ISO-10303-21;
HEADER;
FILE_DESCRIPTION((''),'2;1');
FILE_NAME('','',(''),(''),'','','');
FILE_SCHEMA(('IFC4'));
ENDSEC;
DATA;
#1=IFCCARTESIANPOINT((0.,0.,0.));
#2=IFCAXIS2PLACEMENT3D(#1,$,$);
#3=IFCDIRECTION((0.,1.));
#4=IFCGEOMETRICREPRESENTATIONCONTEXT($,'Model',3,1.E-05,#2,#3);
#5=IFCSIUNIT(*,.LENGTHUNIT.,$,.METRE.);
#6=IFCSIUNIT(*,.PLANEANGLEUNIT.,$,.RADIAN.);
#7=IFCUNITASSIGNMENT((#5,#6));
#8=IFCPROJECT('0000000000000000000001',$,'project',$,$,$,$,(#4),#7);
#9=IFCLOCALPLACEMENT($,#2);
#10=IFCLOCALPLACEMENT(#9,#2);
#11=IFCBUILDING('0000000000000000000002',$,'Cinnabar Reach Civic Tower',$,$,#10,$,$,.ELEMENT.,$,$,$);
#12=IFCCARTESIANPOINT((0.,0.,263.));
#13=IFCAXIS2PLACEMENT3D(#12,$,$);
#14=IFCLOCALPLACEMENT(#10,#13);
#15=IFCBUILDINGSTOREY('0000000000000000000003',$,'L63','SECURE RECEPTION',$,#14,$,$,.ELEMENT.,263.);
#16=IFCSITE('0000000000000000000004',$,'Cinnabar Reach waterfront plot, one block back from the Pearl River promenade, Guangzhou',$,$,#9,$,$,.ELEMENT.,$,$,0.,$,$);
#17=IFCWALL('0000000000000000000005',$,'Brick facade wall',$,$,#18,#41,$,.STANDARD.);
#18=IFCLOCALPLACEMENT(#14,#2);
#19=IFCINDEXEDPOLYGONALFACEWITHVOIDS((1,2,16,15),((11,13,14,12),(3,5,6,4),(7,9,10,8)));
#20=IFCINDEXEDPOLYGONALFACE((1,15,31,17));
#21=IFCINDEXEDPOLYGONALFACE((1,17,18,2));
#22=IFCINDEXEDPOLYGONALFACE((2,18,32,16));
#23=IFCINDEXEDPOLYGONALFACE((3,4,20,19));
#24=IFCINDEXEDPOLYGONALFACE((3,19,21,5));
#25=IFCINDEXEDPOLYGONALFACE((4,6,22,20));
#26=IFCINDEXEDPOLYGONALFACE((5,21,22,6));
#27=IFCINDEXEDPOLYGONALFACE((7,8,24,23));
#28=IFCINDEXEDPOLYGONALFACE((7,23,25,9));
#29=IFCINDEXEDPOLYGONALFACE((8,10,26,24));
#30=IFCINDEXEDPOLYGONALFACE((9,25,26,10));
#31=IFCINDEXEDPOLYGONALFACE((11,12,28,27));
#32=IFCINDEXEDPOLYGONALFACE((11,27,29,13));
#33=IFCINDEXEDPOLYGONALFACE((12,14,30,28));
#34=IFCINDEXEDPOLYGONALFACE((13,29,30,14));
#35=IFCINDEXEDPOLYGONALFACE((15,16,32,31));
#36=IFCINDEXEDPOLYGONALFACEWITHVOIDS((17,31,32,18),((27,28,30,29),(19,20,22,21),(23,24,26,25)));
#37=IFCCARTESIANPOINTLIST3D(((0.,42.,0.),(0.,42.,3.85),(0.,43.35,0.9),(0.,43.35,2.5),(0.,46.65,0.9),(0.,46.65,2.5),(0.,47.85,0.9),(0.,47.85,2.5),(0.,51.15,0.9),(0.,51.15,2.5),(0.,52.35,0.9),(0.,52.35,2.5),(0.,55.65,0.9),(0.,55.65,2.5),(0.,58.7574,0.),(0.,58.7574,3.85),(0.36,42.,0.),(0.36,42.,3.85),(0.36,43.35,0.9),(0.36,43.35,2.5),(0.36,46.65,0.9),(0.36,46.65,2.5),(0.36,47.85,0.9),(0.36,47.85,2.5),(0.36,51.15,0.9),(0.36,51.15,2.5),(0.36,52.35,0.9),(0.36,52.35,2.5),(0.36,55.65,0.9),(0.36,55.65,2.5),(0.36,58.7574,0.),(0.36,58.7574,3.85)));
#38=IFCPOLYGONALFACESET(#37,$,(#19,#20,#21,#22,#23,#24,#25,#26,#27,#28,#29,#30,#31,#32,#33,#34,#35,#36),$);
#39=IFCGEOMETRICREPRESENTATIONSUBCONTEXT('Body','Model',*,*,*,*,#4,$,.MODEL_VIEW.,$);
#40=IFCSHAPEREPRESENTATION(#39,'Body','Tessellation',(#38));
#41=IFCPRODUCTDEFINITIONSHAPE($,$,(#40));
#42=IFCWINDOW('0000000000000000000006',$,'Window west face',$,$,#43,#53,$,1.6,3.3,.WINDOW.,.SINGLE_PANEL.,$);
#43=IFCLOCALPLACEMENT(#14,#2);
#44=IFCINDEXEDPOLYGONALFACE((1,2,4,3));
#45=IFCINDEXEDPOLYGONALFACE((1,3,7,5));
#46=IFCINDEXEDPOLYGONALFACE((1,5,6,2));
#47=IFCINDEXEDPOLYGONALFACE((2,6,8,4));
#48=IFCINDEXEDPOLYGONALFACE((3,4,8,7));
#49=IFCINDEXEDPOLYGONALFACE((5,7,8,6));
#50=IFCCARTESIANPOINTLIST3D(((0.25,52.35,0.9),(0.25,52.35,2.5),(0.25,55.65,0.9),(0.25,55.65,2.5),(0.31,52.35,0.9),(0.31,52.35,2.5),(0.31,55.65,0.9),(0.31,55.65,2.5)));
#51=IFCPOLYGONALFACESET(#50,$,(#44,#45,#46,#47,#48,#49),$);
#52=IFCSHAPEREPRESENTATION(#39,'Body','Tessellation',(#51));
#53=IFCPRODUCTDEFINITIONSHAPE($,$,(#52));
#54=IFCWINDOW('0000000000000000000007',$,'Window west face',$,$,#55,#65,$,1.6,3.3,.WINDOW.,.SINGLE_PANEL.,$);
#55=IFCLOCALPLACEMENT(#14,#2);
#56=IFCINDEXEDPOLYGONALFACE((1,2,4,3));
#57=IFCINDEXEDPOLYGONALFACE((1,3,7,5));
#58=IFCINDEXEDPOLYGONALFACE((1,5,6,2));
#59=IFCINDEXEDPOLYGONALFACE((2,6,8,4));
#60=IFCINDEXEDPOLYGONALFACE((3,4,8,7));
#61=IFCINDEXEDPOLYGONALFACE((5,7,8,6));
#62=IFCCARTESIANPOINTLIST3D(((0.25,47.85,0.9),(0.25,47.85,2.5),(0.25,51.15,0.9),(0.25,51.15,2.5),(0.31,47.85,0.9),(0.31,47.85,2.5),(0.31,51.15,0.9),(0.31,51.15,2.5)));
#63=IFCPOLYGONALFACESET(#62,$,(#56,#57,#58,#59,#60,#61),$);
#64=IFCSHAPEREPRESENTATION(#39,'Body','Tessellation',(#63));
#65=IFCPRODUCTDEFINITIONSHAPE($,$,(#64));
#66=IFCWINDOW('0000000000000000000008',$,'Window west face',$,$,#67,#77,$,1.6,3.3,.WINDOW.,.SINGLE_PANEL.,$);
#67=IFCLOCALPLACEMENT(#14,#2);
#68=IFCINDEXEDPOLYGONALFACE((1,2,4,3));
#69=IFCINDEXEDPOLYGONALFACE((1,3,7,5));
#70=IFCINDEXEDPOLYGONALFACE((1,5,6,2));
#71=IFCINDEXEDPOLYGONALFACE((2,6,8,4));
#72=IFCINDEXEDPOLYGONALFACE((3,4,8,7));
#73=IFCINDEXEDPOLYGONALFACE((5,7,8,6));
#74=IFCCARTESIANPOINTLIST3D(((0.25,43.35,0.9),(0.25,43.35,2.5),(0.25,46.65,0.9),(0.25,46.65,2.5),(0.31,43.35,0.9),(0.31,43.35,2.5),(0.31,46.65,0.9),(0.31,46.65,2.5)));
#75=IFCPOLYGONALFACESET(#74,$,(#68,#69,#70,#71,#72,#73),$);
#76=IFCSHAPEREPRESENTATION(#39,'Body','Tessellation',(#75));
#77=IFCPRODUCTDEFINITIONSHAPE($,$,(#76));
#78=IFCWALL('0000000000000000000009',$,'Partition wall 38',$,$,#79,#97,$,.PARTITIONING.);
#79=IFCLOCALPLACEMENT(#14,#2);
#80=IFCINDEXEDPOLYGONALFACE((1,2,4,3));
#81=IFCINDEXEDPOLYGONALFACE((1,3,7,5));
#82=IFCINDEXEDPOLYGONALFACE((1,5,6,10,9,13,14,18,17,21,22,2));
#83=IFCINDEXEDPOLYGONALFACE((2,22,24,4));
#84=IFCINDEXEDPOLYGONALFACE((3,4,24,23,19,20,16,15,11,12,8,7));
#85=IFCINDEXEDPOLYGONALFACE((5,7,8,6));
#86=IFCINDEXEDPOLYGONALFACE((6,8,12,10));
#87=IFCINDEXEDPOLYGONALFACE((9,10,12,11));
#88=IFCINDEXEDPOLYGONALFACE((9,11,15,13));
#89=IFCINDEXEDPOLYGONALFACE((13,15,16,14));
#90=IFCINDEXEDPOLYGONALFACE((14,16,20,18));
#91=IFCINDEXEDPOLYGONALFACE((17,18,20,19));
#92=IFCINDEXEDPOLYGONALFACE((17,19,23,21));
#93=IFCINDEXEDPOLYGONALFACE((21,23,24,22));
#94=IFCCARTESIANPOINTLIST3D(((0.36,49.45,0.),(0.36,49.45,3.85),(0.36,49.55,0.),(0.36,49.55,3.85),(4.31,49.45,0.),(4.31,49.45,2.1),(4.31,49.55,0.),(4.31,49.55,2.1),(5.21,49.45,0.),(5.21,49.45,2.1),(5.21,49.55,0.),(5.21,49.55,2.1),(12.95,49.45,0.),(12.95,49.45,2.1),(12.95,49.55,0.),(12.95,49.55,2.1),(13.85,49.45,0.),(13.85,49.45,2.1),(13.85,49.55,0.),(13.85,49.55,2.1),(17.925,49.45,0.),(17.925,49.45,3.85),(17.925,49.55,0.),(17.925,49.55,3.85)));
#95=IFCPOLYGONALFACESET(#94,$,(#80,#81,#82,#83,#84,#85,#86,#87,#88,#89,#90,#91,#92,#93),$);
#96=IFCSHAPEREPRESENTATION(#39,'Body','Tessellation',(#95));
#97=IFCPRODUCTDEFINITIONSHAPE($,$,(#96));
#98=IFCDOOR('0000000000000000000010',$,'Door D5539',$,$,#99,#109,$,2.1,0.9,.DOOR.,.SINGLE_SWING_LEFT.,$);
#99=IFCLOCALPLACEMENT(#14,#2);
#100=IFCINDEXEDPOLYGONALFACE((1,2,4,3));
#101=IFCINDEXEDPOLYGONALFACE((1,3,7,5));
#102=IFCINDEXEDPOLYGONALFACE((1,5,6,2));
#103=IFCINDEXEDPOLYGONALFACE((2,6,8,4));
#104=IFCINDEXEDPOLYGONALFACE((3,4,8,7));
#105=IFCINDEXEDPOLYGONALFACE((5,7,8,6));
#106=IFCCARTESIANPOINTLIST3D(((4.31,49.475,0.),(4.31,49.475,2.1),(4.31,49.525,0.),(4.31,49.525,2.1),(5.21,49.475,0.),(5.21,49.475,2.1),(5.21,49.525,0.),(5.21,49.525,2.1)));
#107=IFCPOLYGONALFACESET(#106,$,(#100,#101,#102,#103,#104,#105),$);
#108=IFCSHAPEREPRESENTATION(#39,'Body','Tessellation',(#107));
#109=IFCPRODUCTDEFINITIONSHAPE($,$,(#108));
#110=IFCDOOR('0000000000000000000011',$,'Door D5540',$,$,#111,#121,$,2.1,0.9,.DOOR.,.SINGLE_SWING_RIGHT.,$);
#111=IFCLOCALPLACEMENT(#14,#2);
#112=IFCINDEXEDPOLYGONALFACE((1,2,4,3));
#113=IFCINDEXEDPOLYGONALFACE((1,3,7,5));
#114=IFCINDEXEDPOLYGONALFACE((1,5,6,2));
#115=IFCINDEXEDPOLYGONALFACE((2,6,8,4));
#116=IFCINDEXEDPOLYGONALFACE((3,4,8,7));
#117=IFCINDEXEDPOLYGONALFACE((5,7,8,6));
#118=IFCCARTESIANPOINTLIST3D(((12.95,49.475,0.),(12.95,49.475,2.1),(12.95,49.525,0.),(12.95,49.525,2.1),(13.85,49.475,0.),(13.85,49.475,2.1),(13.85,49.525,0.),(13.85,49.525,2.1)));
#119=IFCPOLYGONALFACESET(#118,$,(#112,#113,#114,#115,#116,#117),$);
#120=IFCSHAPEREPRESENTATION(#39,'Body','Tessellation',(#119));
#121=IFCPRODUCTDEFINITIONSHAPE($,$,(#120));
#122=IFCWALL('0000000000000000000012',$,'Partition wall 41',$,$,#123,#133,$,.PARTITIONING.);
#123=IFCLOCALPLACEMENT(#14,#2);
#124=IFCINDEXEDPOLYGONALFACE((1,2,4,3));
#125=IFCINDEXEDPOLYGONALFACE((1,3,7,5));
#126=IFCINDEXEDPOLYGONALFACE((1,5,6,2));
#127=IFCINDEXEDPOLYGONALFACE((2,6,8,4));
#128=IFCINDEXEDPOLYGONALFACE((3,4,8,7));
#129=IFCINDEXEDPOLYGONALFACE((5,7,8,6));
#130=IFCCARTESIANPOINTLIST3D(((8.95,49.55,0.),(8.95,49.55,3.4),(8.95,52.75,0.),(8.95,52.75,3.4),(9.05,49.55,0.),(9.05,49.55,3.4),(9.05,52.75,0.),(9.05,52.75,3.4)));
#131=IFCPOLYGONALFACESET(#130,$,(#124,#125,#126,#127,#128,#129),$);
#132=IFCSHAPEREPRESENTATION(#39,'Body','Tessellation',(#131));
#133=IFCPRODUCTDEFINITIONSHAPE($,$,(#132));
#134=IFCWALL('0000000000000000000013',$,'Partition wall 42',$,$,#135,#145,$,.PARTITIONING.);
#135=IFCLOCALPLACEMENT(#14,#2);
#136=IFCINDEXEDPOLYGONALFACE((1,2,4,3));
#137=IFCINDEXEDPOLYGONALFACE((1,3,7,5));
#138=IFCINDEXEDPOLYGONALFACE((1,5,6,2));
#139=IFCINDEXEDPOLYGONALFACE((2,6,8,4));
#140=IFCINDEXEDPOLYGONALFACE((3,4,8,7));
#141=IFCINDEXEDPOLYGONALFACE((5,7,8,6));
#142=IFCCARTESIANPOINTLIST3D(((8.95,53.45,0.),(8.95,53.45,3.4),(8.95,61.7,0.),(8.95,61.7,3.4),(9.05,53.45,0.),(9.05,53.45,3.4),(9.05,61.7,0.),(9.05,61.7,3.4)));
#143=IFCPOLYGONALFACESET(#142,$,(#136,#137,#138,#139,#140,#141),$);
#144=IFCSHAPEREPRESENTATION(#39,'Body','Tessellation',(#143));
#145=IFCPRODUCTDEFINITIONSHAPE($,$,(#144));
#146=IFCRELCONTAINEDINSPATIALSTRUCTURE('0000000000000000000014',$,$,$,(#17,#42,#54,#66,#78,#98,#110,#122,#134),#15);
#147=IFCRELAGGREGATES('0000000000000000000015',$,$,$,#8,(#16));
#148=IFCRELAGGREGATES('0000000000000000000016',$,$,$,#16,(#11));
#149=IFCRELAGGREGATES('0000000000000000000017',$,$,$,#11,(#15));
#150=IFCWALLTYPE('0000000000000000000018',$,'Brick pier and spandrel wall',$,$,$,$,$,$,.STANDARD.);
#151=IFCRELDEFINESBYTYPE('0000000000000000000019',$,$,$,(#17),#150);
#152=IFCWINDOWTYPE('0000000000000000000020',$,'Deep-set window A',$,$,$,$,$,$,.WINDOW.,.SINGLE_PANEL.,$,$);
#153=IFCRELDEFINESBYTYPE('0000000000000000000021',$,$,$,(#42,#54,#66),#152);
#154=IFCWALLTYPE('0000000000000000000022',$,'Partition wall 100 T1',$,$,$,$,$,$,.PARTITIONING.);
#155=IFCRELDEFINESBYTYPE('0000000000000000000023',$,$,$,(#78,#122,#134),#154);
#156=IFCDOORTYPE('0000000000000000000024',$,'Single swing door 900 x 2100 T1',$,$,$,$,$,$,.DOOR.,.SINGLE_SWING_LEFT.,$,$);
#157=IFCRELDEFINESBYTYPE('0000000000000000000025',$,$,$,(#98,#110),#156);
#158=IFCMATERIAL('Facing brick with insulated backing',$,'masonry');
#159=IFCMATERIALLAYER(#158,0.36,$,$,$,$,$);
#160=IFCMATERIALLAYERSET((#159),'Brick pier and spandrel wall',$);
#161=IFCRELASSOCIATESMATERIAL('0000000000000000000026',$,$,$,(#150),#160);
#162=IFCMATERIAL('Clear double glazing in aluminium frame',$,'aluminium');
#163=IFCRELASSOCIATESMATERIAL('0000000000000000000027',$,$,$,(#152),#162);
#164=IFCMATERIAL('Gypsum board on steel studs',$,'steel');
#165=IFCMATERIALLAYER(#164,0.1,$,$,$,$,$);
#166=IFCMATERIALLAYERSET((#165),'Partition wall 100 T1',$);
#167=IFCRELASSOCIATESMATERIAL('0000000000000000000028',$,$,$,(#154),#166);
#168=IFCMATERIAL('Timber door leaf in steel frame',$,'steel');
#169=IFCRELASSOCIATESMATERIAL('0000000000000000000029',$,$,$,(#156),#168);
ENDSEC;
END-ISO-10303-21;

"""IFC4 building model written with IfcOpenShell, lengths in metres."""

from ifc_helpers import new_model, si_unit, direction, frame, frame_2d, origin, place, context, subcontext, project, spatial, rectangle, extrude, material, layer, layer_set, type_object, element, fill, save


model = new_model("IFC4")

# Units and contexts
model_context = context("Model", 3, precision=1e-05, world=origin(), true_north=direction((0.0, 1.0)))
body_context = subcontext(model_context, "Body", "Model", "MODEL_VIEW")
ifc_project = project(units=[si_unit("LENGTHUNIT", "METRE"), si_unit("PLANEANGLEUNIT", "RADIAN")], contexts=[model_context])

# Site, building, storey
site_placement = place(None, origin())
site = spatial("IfcSite", under=ifc_project, at=site_placement, Name="Cinnabar Reach waterfront plot, one block back from the Pearl River promenade, Guangzhou", CompositionType="ELEMENT", RefElevation=0.0)
building_placement = place(site_placement, origin())
building = spatial("IfcBuilding", under=site, at=building_placement, Name="Cinnabar Reach Civic Tower", CompositionType="ELEMENT")
storey_placement = place(building_placement, frame((0.0, 0.0, 263.0)))
storey = spatial("IfcBuildingStorey", under=building, at=storey_placement, Name="L63", Description="SECURE RECEPTION", CompositionType="ELEMENT", Elevation=263.0)

# Shared definitions
ifc_material_1 = material(Name="Facing brick with insulated backing", Category="masonry")
ifc_layer_1 = layer(ifc_material_1, 0.36)
ifc_layer_set_1 = layer_set([ifc_layer_1], Name="Brick pier and spandrel wall")
wall_type_1 = type_object("IfcWallType", Name="Brick pier and spandrel wall", PredefinedType="STANDARD", material=ifc_layer_set_1)

# Wall, openings, windows
wall_1_placement = place(storey_placement, frame((0.18, 58.7574, 0.0), z_axis=(0.0, 0.0, 1.0), x_axis=(0.0, -1.0, 0.0)))
wall_1 = element("IfcWall", 1, at=wall_1_placement, inside=storey, type_object=wall_type_1, Name="Brick facade wall", PredefinedType="STANDARD", context=body_context, shape_type="SweptSolid", body=[
    extrude(rectangle(XDim=16.7574, YDim=0.36, at=frame_2d((8.3787, 0.0))), origin(), (0.0, 0.0, 1.0), 3.85),
])
opening_1_placement = place(wall_1_placement, frame((3.1074, 0.0, 0.9)))
opening_1 = element("IfcOpeningElement", 2, at=opening_1_placement, cuts=wall_1, PredefinedType="OPENING", context=body_context, shape_type="SweptSolid", body=[
    extrude(rectangle(XDim=3.3, YDim=1.6, at=frame_2d((1.65, 0.8))), frame((0.0, 0.19, 0.0), z_axis=(0.0, -1.0, 0.0), x_axis=(1.0, 0.0, 0.0)), (0.0, 0.0, 1.0), 0.38),
])
opening_2_placement = place(wall_1_placement, frame((7.6074, 0.0, 0.9)))
opening_2 = element("IfcOpeningElement", 3, at=opening_2_placement, cuts=wall_1, PredefinedType="OPENING", context=body_context, shape_type="SweptSolid", body=[
    extrude(rectangle(XDim=3.3, YDim=1.6, at=frame_2d((1.65, 0.8))), frame((0.0, 0.19, 0.0), z_axis=(0.0, -1.0, 0.0), x_axis=(1.0, 0.0, 0.0)), (0.0, 0.0, 1.0), 0.38),
])
opening_3_placement = place(wall_1_placement, frame((12.1074, 0.0, 0.9)))
opening_3 = element("IfcOpeningElement", 4, at=opening_3_placement, cuts=wall_1, PredefinedType="OPENING", context=body_context, shape_type="SweptSolid", body=[
    extrude(rectangle(XDim=3.3, YDim=1.6, at=frame_2d((1.65, 0.8))), frame((0.0, 0.19, 0.0), z_axis=(0.0, -1.0, 0.0), x_axis=(1.0, 0.0, 0.0)), (0.0, 0.0, 1.0), 0.38),
])
ifc_material_2 = material(Name="Clear double glazing in aluminium frame", Category="aluminium")
window_type = type_object("IfcWindowType", Name="Deep-set window A", PartitioningType="SINGLE_PANEL", PredefinedType="WINDOW", material=ifc_material_2)
window_1_placement = place(opening_1_placement, origin())
window_1 = element("IfcWindow", 5, at=window_1_placement, inside=storey, type_object=window_type, Name="Window west face", OverallHeight=1.6, OverallWidth=3.3, PartitioningType="SINGLE_PANEL", PredefinedType="WINDOW", context=body_context, shape_type="SweptSolid", body=[
    extrude(rectangle(XDim=3.3, YDim=1.6, at=frame_2d((1.65, 0.8))), frame((0.0, 0.13, 0.0), z_axis=(0.0, -1.0, 0.0), x_axis=(1.0, 0.0, 0.0)), (0.0, 0.0, 1.0), 0.06),
])
fill(opening_1, window_1)
window_2_placement = place(opening_2_placement, origin())
window_2 = element("IfcWindow", 6, at=window_2_placement, inside=storey, type_object=window_type, Name="Window west face", OverallHeight=1.6, OverallWidth=3.3, PartitioningType="SINGLE_PANEL", PredefinedType="WINDOW", context=body_context, shape_type="SweptSolid", body=[
    extrude(rectangle(XDim=3.3, YDim=1.6, at=frame_2d((1.65, 0.8))), frame((0.0, 0.13, 0.0), z_axis=(0.0, -1.0, 0.0), x_axis=(1.0, 0.0, 0.0)), (0.0, 0.0, 1.0), 0.06),
])
fill(opening_2, window_2)
window_3_placement = place(opening_3_placement, origin())
window_3 = element("IfcWindow", 7, at=window_3_placement, inside=storey, type_object=window_type, Name="Window west face", OverallHeight=1.6, OverallWidth=3.3, PartitioningType="SINGLE_PANEL", PredefinedType="WINDOW", context=body_context, shape_type="SweptSolid", body=[
    extrude(rectangle(XDim=3.3, YDim=1.6, at=frame_2d((1.65, 0.8))), frame((0.0, 0.13, 0.0), z_axis=(0.0, -1.0, 0.0), x_axis=(1.0, 0.0, 0.0)), (0.0, 0.0, 1.0), 0.06),
])
fill(opening_3, window_3)

# Wall, openings, doors
ifc_material_3 = material(Name="Gypsum board on steel studs", Category="steel")
ifc_layer_2 = layer(ifc_material_3, 0.1)
ifc_layer_set_2 = layer_set([ifc_layer_2], Name="Partition wall 100 T1")
wall_type_2 = type_object("IfcWallType", Name="Partition wall 100 T1", PredefinedType="PARTITIONING", material=ifc_layer_set_2)
wall_2_placement = place(storey_placement, frame((0.36, 49.5, 0.0), z_axis=(0.0, 0.0, 1.0), x_axis=(1.0, 0.0, 0.0)))
wall_2 = element("IfcWall", 8, at=wall_2_placement, inside=storey, type_object=wall_type_2, Name="Partition wall 38", PredefinedType="PARTITIONING", context=body_context, shape_type="SweptSolid", body=[
    extrude(rectangle(XDim=17.565, YDim=0.1, at=frame_2d((8.7825, 0.0))), origin(), (0.0, 0.0, 1.0), 3.85),
])
opening_4_placement = place(wall_2_placement, frame((3.95, 0.0, 0.0)))
opening_4 = element("IfcOpeningElement", 9, at=opening_4_placement, cuts=wall_2, PredefinedType="OPENING", context=body_context, shape_type="SweptSolid", body=[
    extrude(rectangle(XDim=0.9, YDim=2.1, at=frame_2d((0.45, 1.05))), frame((0.0, 0.06, 0.0), z_axis=(0.0, -1.0, 0.0), x_axis=(1.0, 0.0, 0.0)), (0.0, 0.0, 1.0), 0.12),
])
opening_5_placement = place(wall_2_placement, frame((12.59, 0.0, 0.0)))
opening_5 = element("IfcOpeningElement", 10, at=opening_5_placement, cuts=wall_2, PredefinedType="OPENING", context=body_context, shape_type="SweptSolid", body=[
    extrude(rectangle(XDim=0.9, YDim=2.1, at=frame_2d((0.45, 1.05))), frame((0.0, 0.06, 0.0), z_axis=(0.0, -1.0, 0.0), x_axis=(1.0, 0.0, 0.0)), (0.0, 0.0, 1.0), 0.12),
])
ifc_material_4 = material(Name="Timber door leaf in steel frame", Category="steel")
door_type = type_object("IfcDoorType", Name="Single swing door 900 x 2100 T1", OperationType="SINGLE_SWING_LEFT", PredefinedType="DOOR", material=ifc_material_4)
door_1_placement = place(opening_4_placement, frame((0.9, 0.0, 0.0), z_axis=(0.0, 0.0, 1.0), x_axis=(-1.0, 0.0, 0.0)))
door_1 = element("IfcDoor", 11, at=door_1_placement, inside=storey, type_object=door_type, Name="Door D5539", OperationType="SINGLE_SWING_LEFT", OverallHeight=2.1, OverallWidth=0.9, PredefinedType="DOOR", context=body_context, shape_type="SweptSolid", body=[
    extrude(rectangle(XDim=0.9, YDim=2.1, at=frame_2d((0.45, 1.05))), frame((0.0, 0.025, 0.0), z_axis=(0.0, -1.0, 0.0), x_axis=(1.0, 0.0, 0.0)), (0.0, 0.0, 1.0), 0.05),
])
fill(opening_4, door_1)
door_2_placement = place(opening_5_placement, frame((0.9, 0.0, 0.0), z_axis=(0.0, 0.0, 1.0), x_axis=(-1.0, 0.0, 0.0)))
door_2 = element("IfcDoor", 12, at=door_2_placement, inside=storey, type_object=door_type, Name="Door D5540", OperationType="SINGLE_SWING_RIGHT", OverallHeight=2.1, OverallWidth=0.9, PredefinedType="DOOR", context=body_context, shape_type="SweptSolid", body=[
    extrude(rectangle(XDim=0.9, YDim=2.1, at=frame_2d((0.45, 1.05))), frame((0.0, 0.025, 0.0), z_axis=(0.0, -1.0, 0.0), x_axis=(1.0, 0.0, 0.0)), (0.0, 0.0, 1.0), 0.05),
])
fill(opening_5, door_2)

# Walls
wall_3_placement = place(storey_placement, frame((9.0, 49.55, 0.0), z_axis=(0.0, 0.0, 1.0), x_axis=(0.0, 1.0, 0.0)))
element("IfcWall", 13, at=wall_3_placement, inside=storey, type_object=wall_type_2, Name="Partition wall 41", PredefinedType="PARTITIONING", context=body_context, shape_type="SweptSolid", body=[
    extrude(rectangle(XDim=3.2, YDim=0.1, at=frame_2d((1.6, 0.0))), origin(), (0.0, 0.0, 1.0), 3.4),
])
wall_4_placement = place(storey_placement, frame((9.0, 53.45, 0.0), z_axis=(0.0, 0.0, 1.0), x_axis=(0.0, 1.0, 0.0)))
element("IfcWall", 14, at=wall_4_placement, inside=storey, type_object=wall_type_2, Name="Partition wall 42", PredefinedType="PARTITIONING", context=body_context, shape_type="SweptSolid", body=[
    extrude(rectangle(XDim=8.25, YDim=0.1, at=frame_2d((4.125, 0.0))), origin(), (0.0, 0.0, 1.0), 3.4),
])

save(model, "model.ifc")
